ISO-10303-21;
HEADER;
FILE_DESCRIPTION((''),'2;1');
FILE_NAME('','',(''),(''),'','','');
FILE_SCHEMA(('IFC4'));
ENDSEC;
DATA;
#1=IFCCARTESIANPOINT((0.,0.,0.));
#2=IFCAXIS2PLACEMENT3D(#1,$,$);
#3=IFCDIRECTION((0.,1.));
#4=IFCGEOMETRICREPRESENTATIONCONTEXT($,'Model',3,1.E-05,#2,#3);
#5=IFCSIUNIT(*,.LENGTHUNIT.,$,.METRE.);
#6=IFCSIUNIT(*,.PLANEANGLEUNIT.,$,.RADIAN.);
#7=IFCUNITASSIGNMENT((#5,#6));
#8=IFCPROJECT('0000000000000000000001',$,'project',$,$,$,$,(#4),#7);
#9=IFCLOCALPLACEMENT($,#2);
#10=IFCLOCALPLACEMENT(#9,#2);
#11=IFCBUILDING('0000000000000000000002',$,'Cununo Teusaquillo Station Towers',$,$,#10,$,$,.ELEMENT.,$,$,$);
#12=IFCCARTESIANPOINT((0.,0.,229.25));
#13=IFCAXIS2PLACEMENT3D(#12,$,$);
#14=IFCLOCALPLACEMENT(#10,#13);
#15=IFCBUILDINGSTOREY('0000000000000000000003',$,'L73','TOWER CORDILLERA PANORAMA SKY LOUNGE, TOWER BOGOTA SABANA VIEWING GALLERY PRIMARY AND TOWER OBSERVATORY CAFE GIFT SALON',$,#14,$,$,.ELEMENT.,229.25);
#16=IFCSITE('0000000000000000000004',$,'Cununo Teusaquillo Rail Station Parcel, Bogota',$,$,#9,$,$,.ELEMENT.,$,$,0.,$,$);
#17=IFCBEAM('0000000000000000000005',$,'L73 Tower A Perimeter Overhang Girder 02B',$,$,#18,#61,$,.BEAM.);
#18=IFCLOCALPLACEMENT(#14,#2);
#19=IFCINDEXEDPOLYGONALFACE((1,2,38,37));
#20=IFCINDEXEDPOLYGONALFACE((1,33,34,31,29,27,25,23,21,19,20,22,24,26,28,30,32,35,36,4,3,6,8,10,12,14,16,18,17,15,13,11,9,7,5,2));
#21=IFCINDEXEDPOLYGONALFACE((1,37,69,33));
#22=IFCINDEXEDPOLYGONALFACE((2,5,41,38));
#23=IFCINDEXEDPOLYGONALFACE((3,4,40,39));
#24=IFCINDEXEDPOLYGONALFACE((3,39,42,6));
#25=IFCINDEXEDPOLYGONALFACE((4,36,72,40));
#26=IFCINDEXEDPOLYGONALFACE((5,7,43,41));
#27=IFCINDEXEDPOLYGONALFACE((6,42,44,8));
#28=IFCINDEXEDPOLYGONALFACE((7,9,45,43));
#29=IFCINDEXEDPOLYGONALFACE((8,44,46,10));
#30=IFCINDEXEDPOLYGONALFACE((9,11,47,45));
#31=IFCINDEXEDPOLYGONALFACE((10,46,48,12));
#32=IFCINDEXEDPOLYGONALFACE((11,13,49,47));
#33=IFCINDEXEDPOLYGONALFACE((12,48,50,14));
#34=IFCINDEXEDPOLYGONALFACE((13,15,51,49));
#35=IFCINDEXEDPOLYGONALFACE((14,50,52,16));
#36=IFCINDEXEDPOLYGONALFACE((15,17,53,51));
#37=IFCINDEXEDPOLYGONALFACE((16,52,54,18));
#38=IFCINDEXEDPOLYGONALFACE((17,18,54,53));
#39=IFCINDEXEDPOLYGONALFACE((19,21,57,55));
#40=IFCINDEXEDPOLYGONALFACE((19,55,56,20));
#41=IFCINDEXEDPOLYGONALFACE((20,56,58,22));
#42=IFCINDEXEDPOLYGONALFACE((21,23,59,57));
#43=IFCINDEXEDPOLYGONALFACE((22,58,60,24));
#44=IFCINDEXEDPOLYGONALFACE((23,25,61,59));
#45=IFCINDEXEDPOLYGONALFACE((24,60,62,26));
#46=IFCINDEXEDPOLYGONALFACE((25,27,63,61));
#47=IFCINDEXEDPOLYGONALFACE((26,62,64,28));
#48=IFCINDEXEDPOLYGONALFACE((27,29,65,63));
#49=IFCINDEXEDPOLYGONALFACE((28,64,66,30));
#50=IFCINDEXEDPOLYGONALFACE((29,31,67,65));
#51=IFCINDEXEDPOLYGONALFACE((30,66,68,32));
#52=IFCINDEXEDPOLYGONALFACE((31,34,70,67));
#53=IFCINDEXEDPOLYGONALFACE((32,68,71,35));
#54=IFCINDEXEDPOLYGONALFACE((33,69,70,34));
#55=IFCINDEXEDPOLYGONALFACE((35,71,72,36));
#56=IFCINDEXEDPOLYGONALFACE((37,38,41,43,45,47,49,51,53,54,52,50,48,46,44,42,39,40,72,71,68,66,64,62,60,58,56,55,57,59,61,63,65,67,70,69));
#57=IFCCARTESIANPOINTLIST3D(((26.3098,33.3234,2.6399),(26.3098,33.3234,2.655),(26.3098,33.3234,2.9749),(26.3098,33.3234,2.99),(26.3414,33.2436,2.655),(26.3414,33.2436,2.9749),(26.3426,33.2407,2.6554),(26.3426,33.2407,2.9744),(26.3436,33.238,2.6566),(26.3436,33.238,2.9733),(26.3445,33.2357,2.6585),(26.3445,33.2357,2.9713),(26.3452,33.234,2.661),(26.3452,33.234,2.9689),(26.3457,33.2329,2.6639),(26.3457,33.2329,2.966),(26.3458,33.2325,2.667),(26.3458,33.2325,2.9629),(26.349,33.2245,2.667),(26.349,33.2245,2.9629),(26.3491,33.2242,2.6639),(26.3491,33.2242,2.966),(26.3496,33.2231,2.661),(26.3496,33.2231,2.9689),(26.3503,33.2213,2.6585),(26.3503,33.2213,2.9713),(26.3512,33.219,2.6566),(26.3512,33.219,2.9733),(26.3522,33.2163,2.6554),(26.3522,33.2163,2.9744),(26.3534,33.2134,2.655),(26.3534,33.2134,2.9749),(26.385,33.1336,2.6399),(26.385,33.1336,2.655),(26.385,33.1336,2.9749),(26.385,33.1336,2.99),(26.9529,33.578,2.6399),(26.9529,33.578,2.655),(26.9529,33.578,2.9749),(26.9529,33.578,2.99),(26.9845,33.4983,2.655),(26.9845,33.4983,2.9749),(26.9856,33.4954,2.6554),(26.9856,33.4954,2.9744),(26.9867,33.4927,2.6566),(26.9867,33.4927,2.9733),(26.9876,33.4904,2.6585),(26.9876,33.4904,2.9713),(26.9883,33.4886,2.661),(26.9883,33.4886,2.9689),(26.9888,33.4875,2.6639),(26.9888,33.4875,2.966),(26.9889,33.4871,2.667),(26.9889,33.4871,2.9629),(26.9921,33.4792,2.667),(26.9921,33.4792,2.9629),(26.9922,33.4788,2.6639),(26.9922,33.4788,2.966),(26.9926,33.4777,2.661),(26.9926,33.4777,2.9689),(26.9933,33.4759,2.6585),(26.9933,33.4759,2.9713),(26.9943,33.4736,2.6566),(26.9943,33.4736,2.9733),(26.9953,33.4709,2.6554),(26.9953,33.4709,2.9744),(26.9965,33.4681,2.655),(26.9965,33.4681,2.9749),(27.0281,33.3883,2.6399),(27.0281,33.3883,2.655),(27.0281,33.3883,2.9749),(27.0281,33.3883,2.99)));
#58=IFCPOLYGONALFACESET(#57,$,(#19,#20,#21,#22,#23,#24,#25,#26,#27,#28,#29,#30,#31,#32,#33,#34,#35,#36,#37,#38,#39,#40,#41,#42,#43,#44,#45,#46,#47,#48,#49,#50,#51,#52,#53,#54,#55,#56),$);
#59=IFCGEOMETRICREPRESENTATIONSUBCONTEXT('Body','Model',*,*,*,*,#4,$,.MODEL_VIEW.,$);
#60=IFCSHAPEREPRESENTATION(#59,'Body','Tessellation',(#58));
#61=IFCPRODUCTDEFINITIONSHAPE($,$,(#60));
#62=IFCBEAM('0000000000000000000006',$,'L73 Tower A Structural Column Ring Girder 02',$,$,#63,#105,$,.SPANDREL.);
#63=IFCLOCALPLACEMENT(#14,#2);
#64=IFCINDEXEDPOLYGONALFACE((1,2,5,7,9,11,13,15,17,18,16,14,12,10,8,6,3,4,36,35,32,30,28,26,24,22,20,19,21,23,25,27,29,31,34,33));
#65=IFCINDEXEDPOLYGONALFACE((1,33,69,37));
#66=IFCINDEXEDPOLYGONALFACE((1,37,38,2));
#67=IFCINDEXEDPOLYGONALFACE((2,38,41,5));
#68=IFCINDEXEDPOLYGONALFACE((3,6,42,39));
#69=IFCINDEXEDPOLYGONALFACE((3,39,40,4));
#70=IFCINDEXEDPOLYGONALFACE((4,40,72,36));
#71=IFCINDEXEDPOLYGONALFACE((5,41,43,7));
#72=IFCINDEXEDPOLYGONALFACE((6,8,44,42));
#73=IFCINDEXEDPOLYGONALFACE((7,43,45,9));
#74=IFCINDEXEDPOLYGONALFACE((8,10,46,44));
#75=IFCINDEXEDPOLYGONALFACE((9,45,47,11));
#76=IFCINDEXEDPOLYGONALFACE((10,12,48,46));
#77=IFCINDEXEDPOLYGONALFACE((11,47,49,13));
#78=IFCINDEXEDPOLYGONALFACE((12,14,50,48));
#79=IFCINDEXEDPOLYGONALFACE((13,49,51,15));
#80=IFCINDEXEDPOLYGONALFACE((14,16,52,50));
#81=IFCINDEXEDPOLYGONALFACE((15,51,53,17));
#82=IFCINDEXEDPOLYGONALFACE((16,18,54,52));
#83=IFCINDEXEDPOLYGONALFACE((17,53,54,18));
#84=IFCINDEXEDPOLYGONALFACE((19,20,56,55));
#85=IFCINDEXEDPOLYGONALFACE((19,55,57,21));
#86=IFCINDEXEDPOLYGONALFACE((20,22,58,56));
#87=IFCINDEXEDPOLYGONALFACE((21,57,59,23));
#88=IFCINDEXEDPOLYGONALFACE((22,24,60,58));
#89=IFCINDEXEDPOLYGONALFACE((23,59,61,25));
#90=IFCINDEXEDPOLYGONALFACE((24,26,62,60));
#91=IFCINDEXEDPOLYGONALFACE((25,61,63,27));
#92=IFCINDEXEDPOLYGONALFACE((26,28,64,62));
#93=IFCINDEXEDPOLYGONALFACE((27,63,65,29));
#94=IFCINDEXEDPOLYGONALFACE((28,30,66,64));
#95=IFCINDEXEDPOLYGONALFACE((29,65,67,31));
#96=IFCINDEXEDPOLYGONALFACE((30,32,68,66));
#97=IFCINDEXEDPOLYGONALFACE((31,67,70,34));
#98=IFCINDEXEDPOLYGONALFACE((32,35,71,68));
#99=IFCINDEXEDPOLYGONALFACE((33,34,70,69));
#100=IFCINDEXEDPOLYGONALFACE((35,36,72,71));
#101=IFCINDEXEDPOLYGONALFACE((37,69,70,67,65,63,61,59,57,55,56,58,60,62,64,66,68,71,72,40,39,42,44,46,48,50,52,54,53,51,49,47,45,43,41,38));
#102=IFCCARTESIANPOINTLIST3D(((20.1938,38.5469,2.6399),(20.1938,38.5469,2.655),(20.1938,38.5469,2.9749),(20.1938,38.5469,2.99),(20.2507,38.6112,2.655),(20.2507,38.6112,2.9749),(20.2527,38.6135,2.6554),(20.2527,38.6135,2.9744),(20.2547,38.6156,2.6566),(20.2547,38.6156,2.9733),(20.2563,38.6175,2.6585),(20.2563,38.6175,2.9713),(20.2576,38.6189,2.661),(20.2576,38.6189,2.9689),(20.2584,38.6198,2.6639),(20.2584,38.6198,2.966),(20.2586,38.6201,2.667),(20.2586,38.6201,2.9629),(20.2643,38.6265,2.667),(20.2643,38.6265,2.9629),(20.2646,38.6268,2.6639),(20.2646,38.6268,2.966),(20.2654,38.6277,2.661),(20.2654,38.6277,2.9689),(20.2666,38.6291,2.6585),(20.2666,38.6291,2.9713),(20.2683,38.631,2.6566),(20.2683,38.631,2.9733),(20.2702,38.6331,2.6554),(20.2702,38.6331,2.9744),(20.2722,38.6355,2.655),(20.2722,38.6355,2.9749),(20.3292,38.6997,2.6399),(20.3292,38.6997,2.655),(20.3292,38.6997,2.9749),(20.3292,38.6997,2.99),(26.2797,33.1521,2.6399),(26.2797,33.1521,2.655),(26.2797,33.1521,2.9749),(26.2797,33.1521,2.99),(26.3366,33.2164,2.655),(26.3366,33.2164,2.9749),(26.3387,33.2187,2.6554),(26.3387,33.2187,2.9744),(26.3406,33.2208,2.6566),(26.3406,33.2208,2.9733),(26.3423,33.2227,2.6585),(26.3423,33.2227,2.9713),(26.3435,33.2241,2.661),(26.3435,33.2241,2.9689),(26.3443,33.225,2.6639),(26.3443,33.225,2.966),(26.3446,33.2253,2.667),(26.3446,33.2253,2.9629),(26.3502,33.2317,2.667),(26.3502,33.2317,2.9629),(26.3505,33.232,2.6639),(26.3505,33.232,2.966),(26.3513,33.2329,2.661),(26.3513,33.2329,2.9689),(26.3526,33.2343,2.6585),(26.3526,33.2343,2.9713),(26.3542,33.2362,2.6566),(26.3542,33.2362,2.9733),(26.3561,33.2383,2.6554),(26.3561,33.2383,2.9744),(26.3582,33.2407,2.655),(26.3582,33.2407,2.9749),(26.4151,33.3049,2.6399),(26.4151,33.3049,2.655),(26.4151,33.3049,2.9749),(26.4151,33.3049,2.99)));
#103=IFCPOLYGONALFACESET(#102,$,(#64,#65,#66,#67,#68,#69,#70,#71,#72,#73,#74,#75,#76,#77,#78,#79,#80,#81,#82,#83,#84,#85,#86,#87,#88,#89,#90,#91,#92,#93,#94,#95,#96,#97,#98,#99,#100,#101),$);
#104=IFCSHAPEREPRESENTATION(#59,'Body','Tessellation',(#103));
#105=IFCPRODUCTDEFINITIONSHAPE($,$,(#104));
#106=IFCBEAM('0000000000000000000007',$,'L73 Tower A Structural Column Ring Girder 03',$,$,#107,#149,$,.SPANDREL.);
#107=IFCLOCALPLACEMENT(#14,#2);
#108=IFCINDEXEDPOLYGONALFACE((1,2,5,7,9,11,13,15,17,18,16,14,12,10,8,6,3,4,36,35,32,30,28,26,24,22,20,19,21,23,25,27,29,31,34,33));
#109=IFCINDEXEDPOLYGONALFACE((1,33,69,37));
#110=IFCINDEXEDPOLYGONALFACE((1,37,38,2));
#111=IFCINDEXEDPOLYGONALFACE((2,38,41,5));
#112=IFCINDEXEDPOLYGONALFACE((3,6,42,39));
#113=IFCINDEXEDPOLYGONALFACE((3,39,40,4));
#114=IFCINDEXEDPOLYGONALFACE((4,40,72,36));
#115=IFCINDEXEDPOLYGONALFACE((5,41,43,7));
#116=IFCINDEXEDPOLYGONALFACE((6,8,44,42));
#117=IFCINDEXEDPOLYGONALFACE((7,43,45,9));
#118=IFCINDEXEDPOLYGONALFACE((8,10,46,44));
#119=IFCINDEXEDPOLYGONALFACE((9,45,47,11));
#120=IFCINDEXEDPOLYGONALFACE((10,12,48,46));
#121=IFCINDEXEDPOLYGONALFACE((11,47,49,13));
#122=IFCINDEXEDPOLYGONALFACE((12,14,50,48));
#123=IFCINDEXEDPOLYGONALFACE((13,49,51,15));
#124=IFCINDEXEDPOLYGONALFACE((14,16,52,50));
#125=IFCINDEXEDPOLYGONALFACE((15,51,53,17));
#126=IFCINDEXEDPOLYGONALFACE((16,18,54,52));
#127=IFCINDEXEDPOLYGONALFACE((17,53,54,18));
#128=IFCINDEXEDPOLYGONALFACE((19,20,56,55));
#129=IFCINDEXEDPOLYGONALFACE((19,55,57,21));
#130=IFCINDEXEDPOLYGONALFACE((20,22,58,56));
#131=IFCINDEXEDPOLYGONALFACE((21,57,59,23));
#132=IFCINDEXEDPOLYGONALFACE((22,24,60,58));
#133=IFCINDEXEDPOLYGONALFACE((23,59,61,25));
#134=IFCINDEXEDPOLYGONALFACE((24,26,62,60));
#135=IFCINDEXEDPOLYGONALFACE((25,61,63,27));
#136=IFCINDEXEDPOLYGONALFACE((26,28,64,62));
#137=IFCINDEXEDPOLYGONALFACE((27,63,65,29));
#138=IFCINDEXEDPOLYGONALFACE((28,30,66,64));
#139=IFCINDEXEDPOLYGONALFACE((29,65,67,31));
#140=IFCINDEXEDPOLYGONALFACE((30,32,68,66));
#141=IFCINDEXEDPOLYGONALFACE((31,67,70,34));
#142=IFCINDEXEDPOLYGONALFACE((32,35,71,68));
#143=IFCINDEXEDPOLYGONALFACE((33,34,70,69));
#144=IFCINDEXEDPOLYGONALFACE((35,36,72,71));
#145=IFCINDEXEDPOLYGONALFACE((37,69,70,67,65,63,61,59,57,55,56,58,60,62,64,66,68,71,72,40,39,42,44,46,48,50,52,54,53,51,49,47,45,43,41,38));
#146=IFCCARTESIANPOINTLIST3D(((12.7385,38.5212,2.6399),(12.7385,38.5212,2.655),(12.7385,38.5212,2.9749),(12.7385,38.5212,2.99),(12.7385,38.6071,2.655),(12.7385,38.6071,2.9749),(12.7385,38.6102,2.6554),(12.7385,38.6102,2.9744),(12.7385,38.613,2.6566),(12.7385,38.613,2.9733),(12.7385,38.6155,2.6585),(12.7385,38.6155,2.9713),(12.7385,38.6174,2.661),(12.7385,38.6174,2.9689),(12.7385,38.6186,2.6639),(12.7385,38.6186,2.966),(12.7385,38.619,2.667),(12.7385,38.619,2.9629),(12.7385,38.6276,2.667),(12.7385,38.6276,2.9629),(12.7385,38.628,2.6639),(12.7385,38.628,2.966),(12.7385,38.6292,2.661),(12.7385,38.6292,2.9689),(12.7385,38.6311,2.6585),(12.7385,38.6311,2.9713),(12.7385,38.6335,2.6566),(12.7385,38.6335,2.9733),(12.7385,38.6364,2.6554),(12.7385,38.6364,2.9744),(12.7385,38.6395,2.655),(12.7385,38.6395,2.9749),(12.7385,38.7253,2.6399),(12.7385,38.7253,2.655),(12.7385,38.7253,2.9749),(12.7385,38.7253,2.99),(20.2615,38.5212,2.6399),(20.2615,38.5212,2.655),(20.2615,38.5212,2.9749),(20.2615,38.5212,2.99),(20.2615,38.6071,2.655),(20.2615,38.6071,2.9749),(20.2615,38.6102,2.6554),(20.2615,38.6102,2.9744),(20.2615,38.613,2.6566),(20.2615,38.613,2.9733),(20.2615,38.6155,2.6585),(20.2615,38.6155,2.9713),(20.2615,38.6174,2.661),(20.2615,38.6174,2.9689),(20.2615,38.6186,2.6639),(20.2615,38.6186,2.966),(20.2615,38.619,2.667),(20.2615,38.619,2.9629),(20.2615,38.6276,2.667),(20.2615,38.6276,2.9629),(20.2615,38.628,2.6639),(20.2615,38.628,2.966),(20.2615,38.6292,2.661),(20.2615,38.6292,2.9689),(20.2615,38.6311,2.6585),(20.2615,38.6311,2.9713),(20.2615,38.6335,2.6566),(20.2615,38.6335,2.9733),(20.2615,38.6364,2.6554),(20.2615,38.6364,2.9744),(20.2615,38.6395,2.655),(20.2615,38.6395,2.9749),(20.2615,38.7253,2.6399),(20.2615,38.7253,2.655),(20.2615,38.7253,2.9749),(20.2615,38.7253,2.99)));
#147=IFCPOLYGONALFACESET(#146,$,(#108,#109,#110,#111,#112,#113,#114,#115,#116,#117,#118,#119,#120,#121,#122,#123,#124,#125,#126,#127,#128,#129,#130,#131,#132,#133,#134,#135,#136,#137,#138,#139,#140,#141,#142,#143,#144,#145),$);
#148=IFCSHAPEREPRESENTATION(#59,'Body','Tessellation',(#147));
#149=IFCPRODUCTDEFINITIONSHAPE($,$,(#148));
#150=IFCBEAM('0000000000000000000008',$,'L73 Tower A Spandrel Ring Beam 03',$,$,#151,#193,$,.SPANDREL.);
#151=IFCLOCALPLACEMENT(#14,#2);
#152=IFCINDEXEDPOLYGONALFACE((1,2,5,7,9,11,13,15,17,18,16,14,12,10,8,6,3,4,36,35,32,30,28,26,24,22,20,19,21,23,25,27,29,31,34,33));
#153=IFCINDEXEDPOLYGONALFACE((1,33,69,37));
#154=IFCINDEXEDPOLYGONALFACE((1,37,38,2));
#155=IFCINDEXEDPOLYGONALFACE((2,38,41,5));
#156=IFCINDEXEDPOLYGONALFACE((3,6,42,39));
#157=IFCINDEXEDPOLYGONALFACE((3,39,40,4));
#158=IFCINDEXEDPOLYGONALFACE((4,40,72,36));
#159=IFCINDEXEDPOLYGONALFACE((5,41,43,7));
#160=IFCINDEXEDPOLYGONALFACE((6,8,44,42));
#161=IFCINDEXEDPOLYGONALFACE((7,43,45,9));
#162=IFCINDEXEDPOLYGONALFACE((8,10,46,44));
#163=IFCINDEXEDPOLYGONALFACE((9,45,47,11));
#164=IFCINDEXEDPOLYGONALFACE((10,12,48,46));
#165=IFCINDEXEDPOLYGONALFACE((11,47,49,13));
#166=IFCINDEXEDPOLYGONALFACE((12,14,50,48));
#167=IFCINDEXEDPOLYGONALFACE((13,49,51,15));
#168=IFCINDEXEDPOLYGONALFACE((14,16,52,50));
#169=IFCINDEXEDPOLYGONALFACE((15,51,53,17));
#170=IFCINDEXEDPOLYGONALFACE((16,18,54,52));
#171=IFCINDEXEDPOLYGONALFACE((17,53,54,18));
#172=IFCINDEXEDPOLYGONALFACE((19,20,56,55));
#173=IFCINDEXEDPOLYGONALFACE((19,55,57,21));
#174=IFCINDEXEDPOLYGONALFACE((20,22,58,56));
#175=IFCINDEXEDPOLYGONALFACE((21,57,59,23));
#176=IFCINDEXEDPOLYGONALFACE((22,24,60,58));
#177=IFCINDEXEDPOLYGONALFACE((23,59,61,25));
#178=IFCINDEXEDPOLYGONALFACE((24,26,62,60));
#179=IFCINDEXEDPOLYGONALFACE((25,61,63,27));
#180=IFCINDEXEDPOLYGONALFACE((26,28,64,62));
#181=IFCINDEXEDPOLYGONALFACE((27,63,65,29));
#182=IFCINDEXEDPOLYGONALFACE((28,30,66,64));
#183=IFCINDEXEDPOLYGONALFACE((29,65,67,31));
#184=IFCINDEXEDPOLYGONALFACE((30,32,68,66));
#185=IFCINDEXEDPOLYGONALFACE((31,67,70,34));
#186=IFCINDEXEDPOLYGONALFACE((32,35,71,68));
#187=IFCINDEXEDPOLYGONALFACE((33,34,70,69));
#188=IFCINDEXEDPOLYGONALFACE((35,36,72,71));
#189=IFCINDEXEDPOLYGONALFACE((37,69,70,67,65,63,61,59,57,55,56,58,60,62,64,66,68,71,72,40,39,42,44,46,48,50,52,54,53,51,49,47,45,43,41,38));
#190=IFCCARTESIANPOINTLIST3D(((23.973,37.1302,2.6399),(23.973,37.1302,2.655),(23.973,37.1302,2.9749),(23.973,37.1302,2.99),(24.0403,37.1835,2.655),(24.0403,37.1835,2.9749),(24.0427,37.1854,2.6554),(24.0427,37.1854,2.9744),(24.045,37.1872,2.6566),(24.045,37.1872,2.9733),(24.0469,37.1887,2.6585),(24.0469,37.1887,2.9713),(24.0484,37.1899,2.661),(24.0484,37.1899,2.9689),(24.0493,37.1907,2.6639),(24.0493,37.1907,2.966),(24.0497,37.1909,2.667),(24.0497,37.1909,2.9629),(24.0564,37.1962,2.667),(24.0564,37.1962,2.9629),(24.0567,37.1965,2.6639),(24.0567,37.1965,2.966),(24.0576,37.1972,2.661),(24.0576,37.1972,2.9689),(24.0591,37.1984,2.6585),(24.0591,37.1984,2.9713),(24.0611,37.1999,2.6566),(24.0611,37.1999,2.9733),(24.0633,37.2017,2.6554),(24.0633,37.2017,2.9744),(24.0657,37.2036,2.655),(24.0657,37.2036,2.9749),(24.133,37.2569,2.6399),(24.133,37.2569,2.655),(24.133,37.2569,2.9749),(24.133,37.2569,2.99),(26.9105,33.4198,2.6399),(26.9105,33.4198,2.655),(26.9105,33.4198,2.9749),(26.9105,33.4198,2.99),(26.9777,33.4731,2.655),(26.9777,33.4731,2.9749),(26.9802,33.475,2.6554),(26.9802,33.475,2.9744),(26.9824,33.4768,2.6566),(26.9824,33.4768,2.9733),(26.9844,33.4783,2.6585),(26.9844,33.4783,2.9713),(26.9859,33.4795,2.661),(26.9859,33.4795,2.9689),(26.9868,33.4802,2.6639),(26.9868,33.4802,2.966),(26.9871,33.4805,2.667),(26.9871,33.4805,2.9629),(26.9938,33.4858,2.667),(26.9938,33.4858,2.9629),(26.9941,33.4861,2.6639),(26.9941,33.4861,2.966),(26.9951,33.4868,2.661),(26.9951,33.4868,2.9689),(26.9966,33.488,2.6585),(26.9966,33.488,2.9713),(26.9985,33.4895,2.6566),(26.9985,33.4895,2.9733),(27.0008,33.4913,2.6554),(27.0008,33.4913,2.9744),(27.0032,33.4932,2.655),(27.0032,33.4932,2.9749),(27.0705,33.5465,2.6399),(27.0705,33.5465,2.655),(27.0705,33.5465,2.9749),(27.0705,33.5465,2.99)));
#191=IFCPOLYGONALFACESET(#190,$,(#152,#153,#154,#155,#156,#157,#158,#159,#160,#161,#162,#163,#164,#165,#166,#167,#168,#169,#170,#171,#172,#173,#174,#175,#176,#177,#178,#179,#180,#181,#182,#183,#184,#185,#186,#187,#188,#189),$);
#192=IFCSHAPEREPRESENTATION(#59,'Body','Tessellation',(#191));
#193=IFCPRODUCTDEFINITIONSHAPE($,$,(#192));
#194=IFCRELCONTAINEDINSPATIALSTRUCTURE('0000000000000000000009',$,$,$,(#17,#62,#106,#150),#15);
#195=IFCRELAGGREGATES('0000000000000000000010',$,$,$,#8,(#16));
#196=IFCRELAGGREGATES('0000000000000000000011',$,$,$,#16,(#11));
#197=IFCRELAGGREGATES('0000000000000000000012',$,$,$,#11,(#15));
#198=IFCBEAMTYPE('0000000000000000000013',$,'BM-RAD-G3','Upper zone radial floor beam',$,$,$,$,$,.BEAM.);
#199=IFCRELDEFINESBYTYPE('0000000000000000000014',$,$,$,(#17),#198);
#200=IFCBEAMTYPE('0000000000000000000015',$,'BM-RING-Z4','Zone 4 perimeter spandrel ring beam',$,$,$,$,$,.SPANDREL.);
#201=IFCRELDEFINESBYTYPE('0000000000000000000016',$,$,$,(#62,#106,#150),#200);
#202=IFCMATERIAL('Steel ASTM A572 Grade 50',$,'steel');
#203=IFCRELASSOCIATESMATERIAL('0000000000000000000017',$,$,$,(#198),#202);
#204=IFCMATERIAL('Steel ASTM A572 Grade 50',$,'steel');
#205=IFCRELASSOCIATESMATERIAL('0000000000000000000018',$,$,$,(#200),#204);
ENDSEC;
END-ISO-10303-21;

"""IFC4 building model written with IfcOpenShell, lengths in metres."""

from ifc_helpers import new_model, si_unit, direction, frame, origin, origin_2d, place, context, subcontext, project, spatial, i_section, extrude, material, material_profile, profile_set, type_object, element, save


model = new_model("IFC4")

# Units and contexts
model_context = context("Model", 3, precision=1e-05, world=origin(), true_north=direction((0.0, 1.0)))
body_context = subcontext(model_context, "Body", "Model", "MODEL_VIEW")
ifc_project = project(units=[si_unit("LENGTHUNIT", "METRE"), si_unit("PLANEANGLEUNIT", "RADIAN")], contexts=[model_context])

# Site, building, storey
site_placement = place(None, origin())
site = spatial("IfcSite", under=ifc_project, at=site_placement, Name="Cununo Teusaquillo Rail Station Parcel, Bogota", CompositionType="ELEMENT", RefElevation=0.0)
building_placement = place(site_placement, origin())
building = spatial("IfcBuilding", under=site, at=building_placement, Name="Cununo Teusaquillo Station Towers", CompositionType="ELEMENT")
storey_placement = place(building_placement, frame((0.0, 0.0, 229.25)))
storey = spatial("IfcBuildingStorey", under=building, at=storey_placement, Name="L73", Description="TOWER CORDILLERA PANORAMA SKY LOUNGE, TOWER BOGOTA SABANA VIEWING GALLERY PRIMARY AND TOWER OBSERVATORY CAFE GIFT SALON", CompositionType="ELEMENT", Elevation=229.25)

# Beams
ifc_material_1 = material(Name="Steel ASTM A572 Grade 50", Category="steel")
ifc_material_profile_1 = material_profile(ifc_material_1, i_section(OverallWidth=0.2041, OverallDepth=0.3501, WebThickness=0.0085, FlangeThickness=0.0151, FilletRadius=0.012, at=origin_2d()), Name="W14X48")
ifc_profile_set_1 = profile_set([ifc_material_profile_1], Name="Steel ASTM A572 Grade 50")
beam_type_1 = type_object("IfcBeamType", Name="BM-RAD-G3", Description="Upper zone radial floor beam", PredefinedType="BEAM", material=ifc_profile_set_1)
beam_1_placement = place(storey_placement, frame((26.3474, 33.2285, 2.8149), z_axis=(0.929761, 0.368163, 0.0), x_axis=(-0.368163, 0.929761, 0.0)))
element("IfcBeam", 1, at=beam_1_placement, inside=storey, type_object=beam_type_1, Name="L73 Tower A Perimeter Overhang Girder 02B", PredefinedType="BEAM", context=body_context, shape_type="SweptSolid", body=[
    extrude(i_section(OverallWidth=0.2041, OverallDepth=0.3501, WebThickness=0.0085, FlangeThickness=0.0151, FilletRadius=0.012, at=origin_2d()), origin(), (0.0, 0.0, 1.0), 0.6917),
])
ifc_material_2 = material(Name="Steel ASTM A572 Grade 50", Category="steel")
ifc_material_profile_2 = material_profile(ifc_material_2, i_section(OverallWidth=0.2041, OverallDepth=0.3501, WebThickness=0.0085, FlangeThickness=0.0151, FilletRadius=0.012, at=origin_2d()), Name="W14X48")
ifc_profile_set_2 = profile_set([ifc_material_profile_2], Name="Steel ASTM A572 Grade 50")
beam_type_2 = type_object("IfcBeamType", Name="BM-RING-Z4", Description="Zone 4 perimeter spandrel ring beam", PredefinedType="SPANDREL", material=ifc_profile_set_2)
beam_2_placement = place(storey_placement, frame((26.3474, 33.2285, 2.8149), z_axis=(-0.748321, 0.663337, 0.0), x_axis=(-0.663337, -0.748321, 0.0)))
element("IfcBeam", 2, at=beam_2_placement, inside=storey, type_object=beam_type_2, Name="L73 Tower A Structural Column Ring Girder 02", PredefinedType="SPANDREL", context=body_context, shape_type="SweptSolid", body=[
    extrude(i_section(OverallWidth=0.2041, OverallDepth=0.3501, WebThickness=0.0085, FlangeThickness=0.0151, FilletRadius=0.012, at=origin_2d()), origin(), (0.0, 0.0, 1.0), 8.1328),
])
beam_3_placement = place(storey_placement, frame((20.2615, 38.6233, 2.8149), z_axis=(-1.0, 0.0, 0.0), x_axis=(0.0, -1.0, 0.0)))
element("IfcBeam", 3, at=beam_3_placement, inside=storey, type_object=beam_type_2, Name="L73 Tower A Structural Column Ring Girder 03", PredefinedType="SPANDREL", context=body_context, shape_type="SweptSolid", body=[
    extrude(i_section(OverallWidth=0.2041, OverallDepth=0.3501, WebThickness=0.0085, FlangeThickness=0.0151, FilletRadius=0.012, at=origin_2d()), origin(), (0.0, 0.0, 1.0), 7.5229),
])
beam_4_placement = place(storey_placement, frame((26.9905, 33.4832, 2.8149), z_axis=(-0.620711, 0.78404, 0.0), x_axis=(-0.78404, -0.620711, 0.0)))
element("IfcBeam", 4, at=beam_4_placement, inside=storey, type_object=beam_type_2, Name="L73 Tower A Spandrel Ring Beam 03", PredefinedType="SPANDREL", context=body_context, shape_type="SweptSolid", body=[
    extrude(i_section(OverallWidth=0.2041, OverallDepth=0.3501, WebThickness=0.0085, FlangeThickness=0.0151, FilletRadius=0.012, at=origin_2d()), origin(), (0.0, 0.0, 1.0), 4.7324),
])

save(model, "model.ifc")
